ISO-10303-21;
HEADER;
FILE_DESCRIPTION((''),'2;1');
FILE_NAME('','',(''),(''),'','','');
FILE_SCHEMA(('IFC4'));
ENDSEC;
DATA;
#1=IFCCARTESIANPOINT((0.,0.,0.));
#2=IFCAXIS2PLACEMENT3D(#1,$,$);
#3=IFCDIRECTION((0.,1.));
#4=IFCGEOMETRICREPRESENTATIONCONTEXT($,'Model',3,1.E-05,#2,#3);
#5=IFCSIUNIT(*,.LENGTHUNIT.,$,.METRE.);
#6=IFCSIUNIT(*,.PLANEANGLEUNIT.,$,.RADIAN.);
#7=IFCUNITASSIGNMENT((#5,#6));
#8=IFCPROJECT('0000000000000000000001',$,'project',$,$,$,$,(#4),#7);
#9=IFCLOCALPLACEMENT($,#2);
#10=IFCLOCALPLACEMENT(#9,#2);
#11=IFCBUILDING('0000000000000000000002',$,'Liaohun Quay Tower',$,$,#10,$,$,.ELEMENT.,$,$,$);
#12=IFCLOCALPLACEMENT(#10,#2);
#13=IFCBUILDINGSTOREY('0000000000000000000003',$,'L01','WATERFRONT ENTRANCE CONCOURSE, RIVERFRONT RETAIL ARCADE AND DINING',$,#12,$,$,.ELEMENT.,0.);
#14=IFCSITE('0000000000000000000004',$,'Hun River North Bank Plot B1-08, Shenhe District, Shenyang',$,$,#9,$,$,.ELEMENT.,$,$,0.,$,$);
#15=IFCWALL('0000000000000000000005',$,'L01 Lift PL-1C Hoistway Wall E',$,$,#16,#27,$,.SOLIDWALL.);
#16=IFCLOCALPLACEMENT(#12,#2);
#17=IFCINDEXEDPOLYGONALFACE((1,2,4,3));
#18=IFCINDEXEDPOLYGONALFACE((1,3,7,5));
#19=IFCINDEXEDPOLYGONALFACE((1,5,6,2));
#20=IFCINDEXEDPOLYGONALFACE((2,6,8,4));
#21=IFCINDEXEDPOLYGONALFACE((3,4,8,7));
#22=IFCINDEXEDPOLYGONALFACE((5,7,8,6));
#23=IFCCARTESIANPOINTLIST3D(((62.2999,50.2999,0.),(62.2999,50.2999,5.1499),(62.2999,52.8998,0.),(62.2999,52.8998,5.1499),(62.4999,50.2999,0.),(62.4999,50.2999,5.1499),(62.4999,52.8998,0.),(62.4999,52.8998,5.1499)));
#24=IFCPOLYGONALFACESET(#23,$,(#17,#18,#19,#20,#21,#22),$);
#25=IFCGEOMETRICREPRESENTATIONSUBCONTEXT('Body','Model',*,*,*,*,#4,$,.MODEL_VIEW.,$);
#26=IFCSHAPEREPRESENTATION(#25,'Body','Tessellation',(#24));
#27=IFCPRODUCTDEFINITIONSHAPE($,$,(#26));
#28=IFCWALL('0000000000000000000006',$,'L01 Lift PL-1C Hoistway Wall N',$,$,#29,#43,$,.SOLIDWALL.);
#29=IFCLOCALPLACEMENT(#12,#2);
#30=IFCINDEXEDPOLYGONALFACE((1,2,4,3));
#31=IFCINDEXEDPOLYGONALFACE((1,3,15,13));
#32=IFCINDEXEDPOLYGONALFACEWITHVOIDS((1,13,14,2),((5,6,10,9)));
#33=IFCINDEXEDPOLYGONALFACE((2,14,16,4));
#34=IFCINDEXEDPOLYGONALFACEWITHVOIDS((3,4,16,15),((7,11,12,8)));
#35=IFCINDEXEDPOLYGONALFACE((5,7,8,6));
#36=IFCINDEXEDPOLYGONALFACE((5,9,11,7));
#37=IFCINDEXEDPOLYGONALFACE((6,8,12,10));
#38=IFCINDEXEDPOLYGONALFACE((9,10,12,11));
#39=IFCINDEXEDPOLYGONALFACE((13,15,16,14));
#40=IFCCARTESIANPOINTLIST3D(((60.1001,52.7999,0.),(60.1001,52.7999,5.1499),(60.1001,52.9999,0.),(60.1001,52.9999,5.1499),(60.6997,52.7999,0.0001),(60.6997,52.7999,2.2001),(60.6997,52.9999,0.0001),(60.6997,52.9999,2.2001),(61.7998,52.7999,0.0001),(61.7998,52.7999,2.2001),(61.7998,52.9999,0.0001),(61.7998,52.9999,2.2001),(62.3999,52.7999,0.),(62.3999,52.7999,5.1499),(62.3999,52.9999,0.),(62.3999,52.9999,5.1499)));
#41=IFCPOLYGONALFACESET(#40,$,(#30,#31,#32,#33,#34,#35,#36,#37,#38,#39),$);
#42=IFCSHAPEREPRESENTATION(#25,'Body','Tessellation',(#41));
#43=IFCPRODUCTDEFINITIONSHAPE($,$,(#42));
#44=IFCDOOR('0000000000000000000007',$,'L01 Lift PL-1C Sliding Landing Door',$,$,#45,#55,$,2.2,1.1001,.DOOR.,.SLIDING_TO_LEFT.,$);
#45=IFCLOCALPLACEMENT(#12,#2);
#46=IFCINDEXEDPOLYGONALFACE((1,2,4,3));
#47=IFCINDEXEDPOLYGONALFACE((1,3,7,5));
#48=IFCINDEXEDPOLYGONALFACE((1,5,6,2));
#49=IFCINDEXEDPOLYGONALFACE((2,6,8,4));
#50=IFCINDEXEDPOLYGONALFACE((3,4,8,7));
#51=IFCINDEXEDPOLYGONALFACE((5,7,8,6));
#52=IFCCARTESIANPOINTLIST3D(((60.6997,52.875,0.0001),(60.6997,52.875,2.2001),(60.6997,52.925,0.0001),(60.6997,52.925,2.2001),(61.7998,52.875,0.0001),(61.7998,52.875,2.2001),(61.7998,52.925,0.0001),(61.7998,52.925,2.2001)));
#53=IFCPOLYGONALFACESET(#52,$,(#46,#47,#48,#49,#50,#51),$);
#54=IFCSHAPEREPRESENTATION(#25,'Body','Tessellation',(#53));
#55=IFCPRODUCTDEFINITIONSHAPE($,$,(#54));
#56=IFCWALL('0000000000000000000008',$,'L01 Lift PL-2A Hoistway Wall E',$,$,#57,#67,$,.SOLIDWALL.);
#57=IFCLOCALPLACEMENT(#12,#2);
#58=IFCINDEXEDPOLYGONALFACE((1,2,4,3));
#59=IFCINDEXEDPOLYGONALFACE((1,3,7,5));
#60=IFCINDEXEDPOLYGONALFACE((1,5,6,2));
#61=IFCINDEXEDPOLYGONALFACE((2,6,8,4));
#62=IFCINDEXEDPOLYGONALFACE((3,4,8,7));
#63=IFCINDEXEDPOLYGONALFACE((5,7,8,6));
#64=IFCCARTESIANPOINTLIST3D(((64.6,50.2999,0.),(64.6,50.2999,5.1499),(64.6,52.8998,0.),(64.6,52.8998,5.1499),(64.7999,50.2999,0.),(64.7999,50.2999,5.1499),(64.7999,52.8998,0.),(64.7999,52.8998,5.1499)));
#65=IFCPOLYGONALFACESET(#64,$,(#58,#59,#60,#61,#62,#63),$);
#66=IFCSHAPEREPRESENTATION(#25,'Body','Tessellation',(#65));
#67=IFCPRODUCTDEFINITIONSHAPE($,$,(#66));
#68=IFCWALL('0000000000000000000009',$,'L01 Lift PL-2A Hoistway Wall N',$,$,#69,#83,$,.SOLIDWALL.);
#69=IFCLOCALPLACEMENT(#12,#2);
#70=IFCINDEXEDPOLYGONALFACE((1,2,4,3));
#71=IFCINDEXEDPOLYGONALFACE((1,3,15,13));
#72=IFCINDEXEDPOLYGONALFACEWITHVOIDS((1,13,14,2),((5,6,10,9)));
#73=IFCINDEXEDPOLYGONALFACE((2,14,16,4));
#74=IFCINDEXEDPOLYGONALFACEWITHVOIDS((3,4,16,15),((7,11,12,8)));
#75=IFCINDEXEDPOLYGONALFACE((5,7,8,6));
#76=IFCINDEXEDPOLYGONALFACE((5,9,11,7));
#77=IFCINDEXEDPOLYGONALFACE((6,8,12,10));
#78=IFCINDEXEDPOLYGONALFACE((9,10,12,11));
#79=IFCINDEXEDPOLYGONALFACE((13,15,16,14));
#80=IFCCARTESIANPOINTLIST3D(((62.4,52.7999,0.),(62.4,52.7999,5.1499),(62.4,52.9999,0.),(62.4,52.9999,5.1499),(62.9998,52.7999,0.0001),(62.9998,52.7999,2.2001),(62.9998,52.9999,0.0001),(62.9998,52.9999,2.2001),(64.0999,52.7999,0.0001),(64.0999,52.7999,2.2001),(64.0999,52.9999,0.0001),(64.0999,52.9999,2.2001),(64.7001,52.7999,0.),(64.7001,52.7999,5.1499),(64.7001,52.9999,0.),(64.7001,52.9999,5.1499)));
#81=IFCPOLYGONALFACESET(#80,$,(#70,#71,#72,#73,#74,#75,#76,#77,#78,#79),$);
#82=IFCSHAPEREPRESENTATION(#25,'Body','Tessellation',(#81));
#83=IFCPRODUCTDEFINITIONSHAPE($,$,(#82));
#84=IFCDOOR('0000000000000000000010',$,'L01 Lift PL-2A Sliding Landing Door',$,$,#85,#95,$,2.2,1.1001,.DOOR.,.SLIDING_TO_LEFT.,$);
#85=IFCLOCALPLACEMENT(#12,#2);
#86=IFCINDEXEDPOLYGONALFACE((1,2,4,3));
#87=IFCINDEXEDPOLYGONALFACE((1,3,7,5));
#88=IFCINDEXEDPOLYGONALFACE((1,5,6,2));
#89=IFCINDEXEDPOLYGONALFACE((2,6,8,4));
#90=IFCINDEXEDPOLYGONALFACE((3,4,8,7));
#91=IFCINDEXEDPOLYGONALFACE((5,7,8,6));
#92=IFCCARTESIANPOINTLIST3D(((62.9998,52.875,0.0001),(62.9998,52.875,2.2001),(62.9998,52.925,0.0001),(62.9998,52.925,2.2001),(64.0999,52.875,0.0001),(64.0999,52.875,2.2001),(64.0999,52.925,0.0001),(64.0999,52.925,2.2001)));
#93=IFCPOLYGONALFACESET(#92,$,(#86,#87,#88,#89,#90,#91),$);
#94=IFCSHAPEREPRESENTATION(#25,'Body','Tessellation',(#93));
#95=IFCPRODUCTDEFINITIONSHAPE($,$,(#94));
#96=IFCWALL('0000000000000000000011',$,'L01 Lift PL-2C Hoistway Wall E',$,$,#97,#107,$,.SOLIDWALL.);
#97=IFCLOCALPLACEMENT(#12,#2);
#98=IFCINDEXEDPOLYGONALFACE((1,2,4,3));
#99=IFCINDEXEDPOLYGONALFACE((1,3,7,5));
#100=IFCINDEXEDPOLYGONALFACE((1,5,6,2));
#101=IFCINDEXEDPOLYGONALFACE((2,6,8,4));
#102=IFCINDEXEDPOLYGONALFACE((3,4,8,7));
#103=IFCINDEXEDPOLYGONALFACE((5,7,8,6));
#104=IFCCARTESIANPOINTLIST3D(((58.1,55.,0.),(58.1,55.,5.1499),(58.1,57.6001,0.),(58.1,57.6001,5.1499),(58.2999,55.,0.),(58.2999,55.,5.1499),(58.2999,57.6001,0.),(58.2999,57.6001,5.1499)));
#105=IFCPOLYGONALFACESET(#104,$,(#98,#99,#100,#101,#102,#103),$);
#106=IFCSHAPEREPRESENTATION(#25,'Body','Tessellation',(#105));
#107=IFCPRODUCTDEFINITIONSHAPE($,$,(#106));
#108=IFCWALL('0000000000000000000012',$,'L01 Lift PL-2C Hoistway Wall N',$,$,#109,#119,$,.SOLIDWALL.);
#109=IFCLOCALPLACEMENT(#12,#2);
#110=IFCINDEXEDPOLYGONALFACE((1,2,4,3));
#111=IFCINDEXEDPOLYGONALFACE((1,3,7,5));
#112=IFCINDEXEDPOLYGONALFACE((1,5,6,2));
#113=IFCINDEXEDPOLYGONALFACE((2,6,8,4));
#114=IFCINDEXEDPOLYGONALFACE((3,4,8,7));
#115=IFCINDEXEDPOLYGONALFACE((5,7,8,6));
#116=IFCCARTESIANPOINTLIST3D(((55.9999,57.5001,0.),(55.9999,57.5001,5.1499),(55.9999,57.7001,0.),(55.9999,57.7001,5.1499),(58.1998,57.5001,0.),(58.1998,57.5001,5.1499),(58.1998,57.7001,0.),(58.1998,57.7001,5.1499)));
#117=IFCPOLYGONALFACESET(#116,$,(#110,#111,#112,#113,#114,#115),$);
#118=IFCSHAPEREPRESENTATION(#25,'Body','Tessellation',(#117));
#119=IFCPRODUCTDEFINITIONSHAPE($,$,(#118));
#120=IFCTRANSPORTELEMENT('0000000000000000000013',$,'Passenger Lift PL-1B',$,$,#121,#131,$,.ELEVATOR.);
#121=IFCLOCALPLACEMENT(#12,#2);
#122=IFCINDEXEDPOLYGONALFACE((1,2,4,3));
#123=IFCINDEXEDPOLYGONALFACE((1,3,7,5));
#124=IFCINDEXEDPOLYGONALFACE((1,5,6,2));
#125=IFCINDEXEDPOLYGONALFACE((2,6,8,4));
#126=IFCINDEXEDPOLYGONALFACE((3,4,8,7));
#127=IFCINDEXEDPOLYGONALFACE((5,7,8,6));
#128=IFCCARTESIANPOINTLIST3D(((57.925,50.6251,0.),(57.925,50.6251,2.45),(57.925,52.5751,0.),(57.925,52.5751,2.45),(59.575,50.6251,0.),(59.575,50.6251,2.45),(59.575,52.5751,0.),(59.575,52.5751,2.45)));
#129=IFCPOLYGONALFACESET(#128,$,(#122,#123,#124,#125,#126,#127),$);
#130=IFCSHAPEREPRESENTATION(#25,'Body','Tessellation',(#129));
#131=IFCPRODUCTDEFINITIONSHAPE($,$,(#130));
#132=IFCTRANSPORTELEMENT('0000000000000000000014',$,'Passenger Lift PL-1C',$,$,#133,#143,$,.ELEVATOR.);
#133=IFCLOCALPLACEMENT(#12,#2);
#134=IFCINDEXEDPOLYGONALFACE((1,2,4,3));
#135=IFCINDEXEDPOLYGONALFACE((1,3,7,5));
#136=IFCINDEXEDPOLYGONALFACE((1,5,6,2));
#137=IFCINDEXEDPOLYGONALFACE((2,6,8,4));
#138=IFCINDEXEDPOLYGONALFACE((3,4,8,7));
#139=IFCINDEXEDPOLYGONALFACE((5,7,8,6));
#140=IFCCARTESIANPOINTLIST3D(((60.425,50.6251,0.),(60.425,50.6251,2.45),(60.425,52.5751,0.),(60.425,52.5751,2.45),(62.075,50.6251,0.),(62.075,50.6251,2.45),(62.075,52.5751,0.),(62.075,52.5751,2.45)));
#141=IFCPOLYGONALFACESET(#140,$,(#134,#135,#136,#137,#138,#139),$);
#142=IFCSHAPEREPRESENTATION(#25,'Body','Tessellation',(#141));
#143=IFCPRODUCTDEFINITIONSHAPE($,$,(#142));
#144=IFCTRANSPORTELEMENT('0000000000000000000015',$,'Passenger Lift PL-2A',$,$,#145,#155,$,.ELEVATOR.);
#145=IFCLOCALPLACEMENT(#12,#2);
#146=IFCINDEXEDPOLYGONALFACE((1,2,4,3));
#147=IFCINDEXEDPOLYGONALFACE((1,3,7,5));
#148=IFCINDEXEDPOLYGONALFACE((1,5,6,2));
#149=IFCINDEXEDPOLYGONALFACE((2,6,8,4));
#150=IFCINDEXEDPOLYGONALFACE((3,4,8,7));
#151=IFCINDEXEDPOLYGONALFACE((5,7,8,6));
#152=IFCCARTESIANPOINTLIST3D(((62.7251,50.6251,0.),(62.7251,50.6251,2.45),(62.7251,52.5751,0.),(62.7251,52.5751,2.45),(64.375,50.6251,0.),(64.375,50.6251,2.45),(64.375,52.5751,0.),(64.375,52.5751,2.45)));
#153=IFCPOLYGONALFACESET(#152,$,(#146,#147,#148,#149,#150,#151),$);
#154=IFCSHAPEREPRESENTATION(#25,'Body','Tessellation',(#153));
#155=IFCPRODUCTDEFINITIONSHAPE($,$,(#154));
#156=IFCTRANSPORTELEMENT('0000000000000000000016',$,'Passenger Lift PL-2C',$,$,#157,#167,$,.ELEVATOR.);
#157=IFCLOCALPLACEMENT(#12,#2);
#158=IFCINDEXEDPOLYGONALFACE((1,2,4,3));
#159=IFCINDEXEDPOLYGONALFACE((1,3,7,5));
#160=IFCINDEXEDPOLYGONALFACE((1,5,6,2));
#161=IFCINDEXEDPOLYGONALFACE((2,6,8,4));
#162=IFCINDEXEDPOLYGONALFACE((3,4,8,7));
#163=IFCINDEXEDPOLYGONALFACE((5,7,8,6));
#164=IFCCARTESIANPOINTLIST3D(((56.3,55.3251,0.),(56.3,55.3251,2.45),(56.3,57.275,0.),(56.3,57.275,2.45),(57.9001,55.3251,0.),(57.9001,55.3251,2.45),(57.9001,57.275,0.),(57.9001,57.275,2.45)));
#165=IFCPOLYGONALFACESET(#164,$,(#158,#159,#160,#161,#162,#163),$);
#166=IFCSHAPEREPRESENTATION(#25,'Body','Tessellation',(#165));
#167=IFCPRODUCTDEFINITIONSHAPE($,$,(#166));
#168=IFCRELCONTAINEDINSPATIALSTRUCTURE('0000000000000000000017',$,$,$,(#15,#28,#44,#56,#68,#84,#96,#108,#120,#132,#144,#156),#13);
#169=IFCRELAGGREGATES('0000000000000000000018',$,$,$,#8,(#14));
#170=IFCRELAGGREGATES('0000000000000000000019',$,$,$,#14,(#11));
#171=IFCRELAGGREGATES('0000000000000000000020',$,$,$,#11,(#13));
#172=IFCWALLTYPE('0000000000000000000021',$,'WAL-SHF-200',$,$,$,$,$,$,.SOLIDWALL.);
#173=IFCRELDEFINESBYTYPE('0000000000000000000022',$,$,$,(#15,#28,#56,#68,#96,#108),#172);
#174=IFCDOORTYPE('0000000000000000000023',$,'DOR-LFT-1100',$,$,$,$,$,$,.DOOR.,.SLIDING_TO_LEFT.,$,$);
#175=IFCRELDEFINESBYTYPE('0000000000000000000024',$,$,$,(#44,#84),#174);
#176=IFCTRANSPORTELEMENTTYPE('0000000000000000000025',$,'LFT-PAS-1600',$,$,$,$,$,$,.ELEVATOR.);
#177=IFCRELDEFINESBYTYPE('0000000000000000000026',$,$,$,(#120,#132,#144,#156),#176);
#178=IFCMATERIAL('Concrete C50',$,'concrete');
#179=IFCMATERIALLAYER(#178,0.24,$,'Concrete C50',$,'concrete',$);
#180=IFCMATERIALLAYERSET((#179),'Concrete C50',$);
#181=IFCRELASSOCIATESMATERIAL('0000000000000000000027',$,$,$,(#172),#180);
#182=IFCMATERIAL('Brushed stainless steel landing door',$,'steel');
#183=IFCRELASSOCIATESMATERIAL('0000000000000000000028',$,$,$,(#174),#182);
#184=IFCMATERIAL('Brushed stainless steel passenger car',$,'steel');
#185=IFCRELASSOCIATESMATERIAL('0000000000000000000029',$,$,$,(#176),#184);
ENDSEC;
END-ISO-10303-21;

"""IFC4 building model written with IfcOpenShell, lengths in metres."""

from ifc_helpers import new_model, si_unit, direction, frame, frame_2d, origin, origin_2d, place, context, subcontext, project, spatial, rectangle, extrude, source, transform, mapped, material, layer, layer_set, type_object, element, fill, save


model = new_model("IFC4")

# Units and contexts
model_context = context("Model", 3, precision=1e-05, world=origin(), true_north=direction((0.0, 1.0)))
body_context = subcontext(model_context, "Body", "Model", "MODEL_VIEW")
ifc_project = project(units=[si_unit("LENGTHUNIT", "METRE"), si_unit("PLANEANGLEUNIT", "RADIAN")], contexts=[model_context])

# Site, building, storey
site_placement = place(None, origin())
site = spatial("IfcSite", under=ifc_project, at=site_placement, Name="Hun River North Bank Plot B1-08, Shenhe District, Shenyang", CompositionType="ELEMENT", RefElevation=0.0)
building_placement = place(site_placement, origin())
building = spatial("IfcBuilding", under=site, at=building_placement, Name="Liaohun Quay Tower", CompositionType="ELEMENT")
storey_placement = place(building_placement, origin())
storey = spatial("IfcBuildingStorey", under=building, at=storey_placement, Name="L01", Description="WATERFRONT ENTRANCE CONCOURSE, RIVERFRONT RETAIL ARCADE AND DINING", CompositionType="ELEMENT", Elevation=0.0)

# Shared definitions
ifc_material_1 = material(Name="Concrete C50", Category="concrete")
ifc_layer_1 = layer(ifc_material_1, 0.24, Name="Concrete C50", Category="concrete")
ifc_layer_set_1 = layer_set([ifc_layer_1], Name="Concrete C50")
wall_type_1 = type_object("IfcWallType", Name="WAL-SHF-200", PredefinedType="SOLIDWALL", material=ifc_layer_set_1)
shared_shape_1 = source(origin(), body_context, "Body", "SweptSolid", [
    extrude(rectangle(XDim=1.1001, YDim=2.2, at=frame_2d((0.55, 1.1001))), frame((0.0, 0.1099, 0.0), z_axis=(0.0, -1.0, 0.0), x_axis=(1.0, 0.0, 0.0)), (0.0, 0.0, 1.0), 0.22),
])
ifc_material_2 = material(Name="Brushed stainless steel landing door", Category="steel")
door_type_1 = type_object("IfcDoorType", Name="DOR-LFT-1100", OperationType="SLIDING_TO_LEFT", PredefinedType="DOOR", material=ifc_material_2)
shared_shape_2 = source(origin(), body_context, "Body", "SweptSolid", [
    extrude(rectangle(XDim=1.1001, YDim=2.2, at=frame_2d((0.55, 1.1001))), frame((0.0, 0.0249, 0.0), z_axis=(0.0, -1.0, 0.0), x_axis=(1.0, 0.0, 0.0)), (0.0, 0.0, 1.0), 0.05),
])

# Wall
wall_1_placement = place(storey_placement, frame((62.3999, 50.3, 0.0), z_axis=(0.0, 0.0, 1.0), x_axis=(0.0, 1.0, 0.0)))
element("IfcWall", 1, at=wall_1_placement, inside=storey, type_object=wall_type_1, Name="L01 Lift PL-1C Hoistway Wall E", PredefinedType="SOLIDWALL", context=body_context, shape_type="SweptSolid", body=[
    extrude(rectangle(XDim=2.5999, YDim=0.2, at=frame_2d((1.2998, 0.0))), origin(), (0.0, 0.0, 1.0), 5.1499),
])

# Wall, opening, door
wall_2_placement = place(storey_placement, frame((62.3999, 52.8999, 0.0), z_axis=(0.0, 0.0, 1.0), x_axis=(-1.0, 0.0, 0.0)))
wall_2 = element("IfcWall", 2, at=wall_2_placement, inside=storey, type_object=wall_type_1, Name="L01 Lift PL-1C Hoistway Wall N", PredefinedType="SOLIDWALL", context=body_context, shape_type="SweptSolid", body=[
    extrude(rectangle(XDim=2.2998, YDim=0.2, at=frame_2d((1.1499, 0.0))), origin(), (0.0, 0.0, 1.0), 5.1499),
])
opening_1_placement = place(wall_2_placement, frame((0.6001, 0.0, 0.0)))
opening_1 = element("IfcOpeningElement", 3, at=opening_1_placement, cuts=wall_2, PredefinedType="OPENING", context=body_context, shape_type="MappedRepresentation", body=[
    mapped(shared_shape_1, transform((0.0, 0.0, 0.0), x_axis=(1.0, 0.0, 0.0), y_axis=(0.0, 1.0, 0.0), z_axis=(0.0, 0.0, 1.0), scale=1.0)),
])
door_1_placement = place(opening_1_placement, origin())
door_1 = element("IfcDoor", 4, at=door_1_placement, inside=storey, type_object=door_type_1, Name="L01 Lift PL-1C Sliding Landing Door", OperationType="SLIDING_TO_LEFT", OverallHeight=2.2, OverallWidth=1.1001, PredefinedType="DOOR", context=body_context, shape_type="MappedRepresentation", body=[
    mapped(shared_shape_2, transform((0.0, 0.0, 0.0), x_axis=(1.0, 0.0, 0.0), y_axis=(0.0, 1.0, 0.0), z_axis=(0.0, 0.0, 1.0), scale=1.0)),
])
fill(opening_1, door_1)

# Wall
wall_3_placement = place(storey_placement, frame((64.7, 50.3, 0.0), z_axis=(0.0, 0.0, 1.0), x_axis=(0.0, 1.0, 0.0)))
element("IfcWall", 5, at=wall_3_placement, inside=storey, type_object=wall_type_1, Name="L01 Lift PL-2A Hoistway Wall E", PredefinedType="SOLIDWALL", context=body_context, shape_type="SweptSolid", body=[
    extrude(rectangle(XDim=2.5999, YDim=0.2, at=frame_2d((1.2998, 0.0))), origin(), (0.0, 0.0, 1.0), 5.1499),
])

# Wall, opening, door
wall_4_placement = place(storey_placement, frame((64.7, 52.8999, 0.0), z_axis=(0.0, 0.0, 1.0), x_axis=(-1.0, 0.0, 0.0)))
wall_4 = element("IfcWall", 6, at=wall_4_placement, inside=storey, type_object=wall_type_1, Name="L01 Lift PL-2A Hoistway Wall N", PredefinedType="SOLIDWALL", context=body_context, shape_type="SweptSolid", body=[
    extrude(rectangle(XDim=2.3, YDim=0.2, at=frame_2d((1.1499, 0.0))), origin(), (0.0, 0.0, 1.0), 5.1499),
])
opening_2_placement = place(wall_4_placement, frame((0.6001, 0.0, 0.0)))
opening_2 = element("IfcOpeningElement", 7, at=opening_2_placement, cuts=wall_4, PredefinedType="OPENING", context=body_context, shape_type="MappedRepresentation", body=[
    mapped(shared_shape_1, transform((0.0, 0.0, 0.0), x_axis=(1.0, 0.0, 0.0), y_axis=(0.0, 1.0, 0.0), z_axis=(0.0, 0.0, 1.0), scale=1.0)),
])
door_2_placement = place(opening_2_placement, origin())
door_2 = element("IfcDoor", 8, at=door_2_placement, inside=storey, type_object=door_type_1, Name="L01 Lift PL-2A Sliding Landing Door", OperationType="SLIDING_TO_LEFT", OverallHeight=2.2, OverallWidth=1.1001, PredefinedType="DOOR", context=body_context, shape_type="MappedRepresentation", body=[
    mapped(shared_shape_2, transform((0.0, 0.0, 0.0), x_axis=(1.0, 0.0, 0.0), y_axis=(0.0, 1.0, 0.0), z_axis=(0.0, 0.0, 1.0), scale=1.0)),
])
fill(opening_2, door_2)

# Walls
wall_5_placement = place(storey_placement, frame((58.2, 55.0, 0.0), z_axis=(0.0, 0.0, 1.0), x_axis=(0.0, 1.0, 0.0)))
element("IfcWall", 9, at=wall_5_placement, inside=storey, type_object=wall_type_1, Name="L01 Lift PL-2C Hoistway Wall E", PredefinedType="SOLIDWALL", context=body_context, shape_type="SweptSolid", body=[
    extrude(rectangle(XDim=2.6001, YDim=0.2, at=frame_2d((1.3, 0.0))), origin(), (0.0, 0.0, 1.0), 5.1499),
])
wall_6_placement = place(storey_placement, frame((58.2, 57.6001, 0.0), z_axis=(0.0, 0.0, 1.0), x_axis=(-1.0, 0.0, 0.0)))
element("IfcWall", 10, at=wall_6_placement, inside=storey, type_object=wall_type_1, Name="L01 Lift PL-2C Hoistway Wall N", PredefinedType="SOLIDWALL", context=body_context, shape_type="SweptSolid", body=[
    extrude(rectangle(XDim=2.2, YDim=0.2, at=frame_2d((1.1001, 0.0))), origin(), (0.0, 0.0, 1.0), 5.1499),
])

# Transport elements
ifc_material_3 = material(Name="Brushed stainless steel passenger car", Category="steel")
transport_element_type = type_object("IfcTransportElementType", Name="LFT-PAS-1600", PredefinedType="ELEVATOR", material=ifc_material_3)
shared_shape_3 = source(origin(), body_context, "Body", "SweptSolid", [
    extrude(rectangle(XDim=1.6499, YDim=1.95, at=origin_2d()), origin(), (0.0, 0.0, 1.0), 2.45),
])
for number, where, z_axis, x_axis, name in (
    (11, (58.75, 51.6001, 0.0), (0.0, 0.0, 1.0), (1.0, 0.0, 0.0), "Passenger Lift PL-1B"),
    (12, (61.25, 51.6001, 0.0), (0.0, 0.0, 1.0), (1.0, 0.0, 0.0), "Passenger Lift PL-1C"),
    (13, (63.55, 51.6001, 0.0), (0.0, 0.0, 1.0), (1.0, 0.0, 0.0), "Passenger Lift PL-2A"),
):
    element("IfcTransportElement", number, at=place(storey_placement, frame(where, z_axis=z_axis, x_axis=x_axis)), inside=storey, type_object=transport_element_type, Name=name, PredefinedType="ELEVATOR", context=body_context, shape_type="MappedRepresentation", body=[
        mapped(shared_shape_3, transform((0.0, 0.0, 0.0), x_axis=(1.0, 0.0, 0.0), y_axis=(0.0, 1.0, 0.0), z_axis=(0.0, 0.0, 1.0), scale=1.0)),
    ])
shared_shape_4 = source(origin(), body_context, "Body", "SweptSolid", [
    extrude(rectangle(XDim=1.6001, YDim=1.95, at=origin_2d()), origin(), (0.0, 0.0, 1.0), 2.45),
])
transport_element_placement = place(storey_placement, frame((57.1001, 56.3, 0.0), z_axis=(0.0, 0.0, 1.0), x_axis=(1.0, 0.0, 0.0)))
element("IfcTransportElement", 14, at=transport_element_placement, inside=storey, type_object=transport_element_type, Name="Passenger Lift PL-2C", PredefinedType="ELEVATOR", context=body_context, shape_type="MappedRepresentation", body=[
    mapped(shared_shape_4, transform((0.0, 0.0, 0.0), x_axis=(1.0, 0.0, 0.0), y_axis=(0.0, 1.0, 0.0), z_axis=(0.0, 0.0, 1.0), scale=1.0)),
])

save(model, "model.ifc")
